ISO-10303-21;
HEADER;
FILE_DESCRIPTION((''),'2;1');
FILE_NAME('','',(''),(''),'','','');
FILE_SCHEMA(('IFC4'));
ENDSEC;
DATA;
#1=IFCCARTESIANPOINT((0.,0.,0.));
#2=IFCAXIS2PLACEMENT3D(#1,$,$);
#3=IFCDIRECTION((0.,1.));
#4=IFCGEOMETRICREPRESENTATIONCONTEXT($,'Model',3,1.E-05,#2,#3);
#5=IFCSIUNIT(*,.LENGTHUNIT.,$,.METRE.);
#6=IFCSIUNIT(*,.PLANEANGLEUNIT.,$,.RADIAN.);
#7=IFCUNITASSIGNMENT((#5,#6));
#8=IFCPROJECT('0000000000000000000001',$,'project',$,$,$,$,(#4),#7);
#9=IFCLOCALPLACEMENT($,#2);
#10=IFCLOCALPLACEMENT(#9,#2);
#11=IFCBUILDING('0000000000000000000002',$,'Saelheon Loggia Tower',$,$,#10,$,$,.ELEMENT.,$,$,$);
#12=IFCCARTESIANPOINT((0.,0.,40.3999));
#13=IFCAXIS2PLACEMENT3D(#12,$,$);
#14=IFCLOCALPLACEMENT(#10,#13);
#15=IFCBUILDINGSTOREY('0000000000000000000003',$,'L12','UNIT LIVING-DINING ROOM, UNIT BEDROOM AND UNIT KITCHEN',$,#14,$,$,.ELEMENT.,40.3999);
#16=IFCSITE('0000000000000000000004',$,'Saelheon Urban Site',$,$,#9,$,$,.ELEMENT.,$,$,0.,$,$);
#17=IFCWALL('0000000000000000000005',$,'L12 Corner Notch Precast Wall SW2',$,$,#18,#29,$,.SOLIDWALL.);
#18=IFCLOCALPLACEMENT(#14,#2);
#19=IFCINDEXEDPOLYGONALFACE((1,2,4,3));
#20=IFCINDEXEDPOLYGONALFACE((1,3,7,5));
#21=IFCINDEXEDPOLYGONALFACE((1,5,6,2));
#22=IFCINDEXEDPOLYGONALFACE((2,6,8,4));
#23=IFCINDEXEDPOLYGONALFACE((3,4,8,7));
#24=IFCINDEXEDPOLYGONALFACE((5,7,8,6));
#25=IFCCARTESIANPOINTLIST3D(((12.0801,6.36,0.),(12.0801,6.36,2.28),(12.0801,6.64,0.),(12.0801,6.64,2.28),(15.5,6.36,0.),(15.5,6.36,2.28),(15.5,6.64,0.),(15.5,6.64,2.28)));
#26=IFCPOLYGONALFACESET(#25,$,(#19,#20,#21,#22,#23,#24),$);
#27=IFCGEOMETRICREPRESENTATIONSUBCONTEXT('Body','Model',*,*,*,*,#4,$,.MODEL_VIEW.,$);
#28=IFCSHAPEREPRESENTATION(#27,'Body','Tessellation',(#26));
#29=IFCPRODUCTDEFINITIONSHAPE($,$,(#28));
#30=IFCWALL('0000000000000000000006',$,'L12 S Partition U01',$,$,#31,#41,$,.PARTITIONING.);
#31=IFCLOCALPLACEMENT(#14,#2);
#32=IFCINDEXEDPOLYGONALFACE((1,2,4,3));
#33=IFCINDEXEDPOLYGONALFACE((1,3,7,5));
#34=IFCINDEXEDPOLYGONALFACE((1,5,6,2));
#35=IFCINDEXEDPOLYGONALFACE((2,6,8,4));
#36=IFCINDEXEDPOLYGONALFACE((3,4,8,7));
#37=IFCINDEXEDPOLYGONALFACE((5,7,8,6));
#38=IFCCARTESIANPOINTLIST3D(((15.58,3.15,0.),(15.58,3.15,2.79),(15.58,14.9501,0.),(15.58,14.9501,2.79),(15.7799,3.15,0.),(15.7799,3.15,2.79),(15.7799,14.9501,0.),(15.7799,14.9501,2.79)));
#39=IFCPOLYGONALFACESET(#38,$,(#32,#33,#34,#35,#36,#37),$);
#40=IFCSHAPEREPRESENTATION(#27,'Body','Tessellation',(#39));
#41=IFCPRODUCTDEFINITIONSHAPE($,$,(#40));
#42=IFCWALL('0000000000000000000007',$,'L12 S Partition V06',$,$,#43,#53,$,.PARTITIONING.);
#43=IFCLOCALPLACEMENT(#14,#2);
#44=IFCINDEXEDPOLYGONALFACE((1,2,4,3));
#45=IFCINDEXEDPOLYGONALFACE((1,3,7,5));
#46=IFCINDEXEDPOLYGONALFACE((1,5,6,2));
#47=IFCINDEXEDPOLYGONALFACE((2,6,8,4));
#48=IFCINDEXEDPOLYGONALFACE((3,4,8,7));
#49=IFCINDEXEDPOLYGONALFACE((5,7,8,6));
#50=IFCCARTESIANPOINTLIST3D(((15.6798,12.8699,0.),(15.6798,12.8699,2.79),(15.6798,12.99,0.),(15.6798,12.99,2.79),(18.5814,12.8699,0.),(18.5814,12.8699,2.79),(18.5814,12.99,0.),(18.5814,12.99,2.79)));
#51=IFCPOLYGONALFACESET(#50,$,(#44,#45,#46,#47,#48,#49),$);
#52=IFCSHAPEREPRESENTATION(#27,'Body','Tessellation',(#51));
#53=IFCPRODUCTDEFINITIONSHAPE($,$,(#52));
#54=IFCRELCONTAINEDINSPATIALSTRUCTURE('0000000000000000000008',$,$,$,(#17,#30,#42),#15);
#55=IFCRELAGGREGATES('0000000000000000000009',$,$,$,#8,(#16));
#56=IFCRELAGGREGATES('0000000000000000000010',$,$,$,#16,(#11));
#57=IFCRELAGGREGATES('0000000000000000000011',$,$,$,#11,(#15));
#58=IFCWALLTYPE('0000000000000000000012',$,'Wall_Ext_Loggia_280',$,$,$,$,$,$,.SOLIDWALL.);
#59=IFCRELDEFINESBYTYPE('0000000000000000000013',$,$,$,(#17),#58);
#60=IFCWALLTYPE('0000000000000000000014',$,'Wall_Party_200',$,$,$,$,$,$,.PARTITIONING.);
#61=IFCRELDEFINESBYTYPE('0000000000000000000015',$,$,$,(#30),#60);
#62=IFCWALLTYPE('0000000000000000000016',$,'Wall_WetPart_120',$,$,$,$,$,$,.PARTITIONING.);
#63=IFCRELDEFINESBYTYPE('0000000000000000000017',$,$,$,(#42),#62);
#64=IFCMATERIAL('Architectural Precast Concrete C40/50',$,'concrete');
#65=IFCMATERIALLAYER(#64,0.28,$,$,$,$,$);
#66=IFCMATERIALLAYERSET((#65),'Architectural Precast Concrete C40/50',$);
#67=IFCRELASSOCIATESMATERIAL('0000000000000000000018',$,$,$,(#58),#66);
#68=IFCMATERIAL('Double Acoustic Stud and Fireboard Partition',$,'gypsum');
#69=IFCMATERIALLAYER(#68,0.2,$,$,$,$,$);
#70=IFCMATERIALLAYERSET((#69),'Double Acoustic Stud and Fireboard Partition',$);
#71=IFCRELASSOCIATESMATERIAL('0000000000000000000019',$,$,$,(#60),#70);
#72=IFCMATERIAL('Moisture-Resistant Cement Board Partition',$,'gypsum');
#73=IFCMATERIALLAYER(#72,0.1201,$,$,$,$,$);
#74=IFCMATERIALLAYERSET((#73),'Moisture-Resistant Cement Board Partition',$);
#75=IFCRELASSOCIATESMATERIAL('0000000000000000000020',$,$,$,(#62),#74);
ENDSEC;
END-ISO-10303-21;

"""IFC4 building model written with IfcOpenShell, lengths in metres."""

from ifc_helpers import new_model, si_unit, direction, frame, frame_2d, origin, place, context, subcontext, project, spatial, rectangle, extrude, material, layer, layer_set, type_object, element, save


model = new_model("IFC4")

# Units and contexts
model_context = context("Model", 3, precision=1e-05, world=origin(), true_north=direction((0.0, 1.0)))
body_context = subcontext(model_context, "Body", "Model", "MODEL_VIEW")
ifc_project = project(units=[si_unit("LENGTHUNIT", "METRE"), si_unit("PLANEANGLEUNIT", "RADIAN")], contexts=[model_context])

# Site, building, storey
site_placement = place(None, origin())
site = spatial("IfcSite", under=ifc_project, at=site_placement, Name="Saelheon Urban Site", CompositionType="ELEMENT", RefElevation=0.0)
building_placement = place(site_placement, origin())
building = spatial("IfcBuilding", under=site, at=building_placement, Name="Saelheon Loggia Tower", CompositionType="ELEMENT")
storey_placement = place(building_placement, frame((0.0, 0.0, 40.3999)))
storey = spatial("IfcBuildingStorey", under=building, at=storey_placement, Name="L12", Description="UNIT LIVING-DINING ROOM, UNIT BEDROOM AND UNIT KITCHEN", CompositionType="ELEMENT", Elevation=40.3999)

# Shared definitions
ifc_material_1 = material(Name="Architectural Precast Concrete C40/50", Category="concrete")
ifc_layer_1 = layer(ifc_material_1, 0.28)
ifc_layer_set_1 = layer_set([ifc_layer_1], Name="Architectural Precast Concrete C40/50")
wall_type_1 = type_object("IfcWallType", Name="Wall_Ext_Loggia_280", PredefinedType="SOLIDWALL", material=ifc_layer_set_1)

# Walls
wall_1_placement = place(storey_placement, frame((12.0801, 6.5, 0.0), z_axis=(0.0, 0.0, 1.0), x_axis=(1.0, 0.0, 0.0)))
element("IfcWall", 1, at=wall_1_placement, inside=storey, type_object=wall_type_1, Name="L12 Corner Notch Precast Wall SW2", PredefinedType="SOLIDWALL", context=body_context, shape_type="SweptSolid", body=[
    extrude(rectangle(XDim=3.4199, YDim=0.28, at=frame_2d((1.71, 0.0))), origin(), (0.0, 0.0, 1.0), 2.28),
])
ifc_material_2 = material(Name="Double Acoustic Stud and Fireboard Partition", Category="gypsum")
ifc_layer_2 = layer(ifc_material_2, 0.2)
ifc_layer_set_2 = layer_set([ifc_layer_2], Name="Double Acoustic Stud and Fireboard Partition")
wall_type_2 = type_object("IfcWallType", Name="Wall_Party_200", PredefinedType="PARTITIONING", material=ifc_layer_set_2)
wall_2_placement = place(storey_placement, frame((15.6799, 14.95, 0.0), z_axis=(0.0, 0.0, 1.0), x_axis=(0.0, -1.0, 0.0)))
element("IfcWall", 2, at=wall_2_placement, inside=storey, type_object=wall_type_2, Name="L12 S Partition U01", PredefinedType="PARTITIONING", context=body_context, shape_type="SweptSolid", body=[
    extrude(rectangle(XDim=11.8, YDim=0.2, at=frame_2d((5.8999, 0.0))), origin(), (0.0, 0.0, 1.0), 2.79),
])
ifc_material_3 = material(Name="Moisture-Resistant Cement Board Partition", Category="gypsum")
ifc_layer_3 = layer(ifc_material_3, 0.1201)
ifc_layer_set_3 = layer_set([ifc_layer_3], Name="Moisture-Resistant Cement Board Partition")
wall_type_3 = type_object("IfcWallType", Name="Wall_WetPart_120", PredefinedType="PARTITIONING", material=ifc_layer_set_3)
wall_3_placement = place(storey_placement, frame((15.6799, 12.9299, 0.0), z_axis=(0.0, 0.0, 1.0), x_axis=(1.0, 0.0, 0.0)))
element("IfcWall", 3, at=wall_3_placement, inside=storey, type_object=wall_type_3, Name="L12 S Partition V06", PredefinedType="PARTITIONING", context=body_context, shape_type="SweptSolid", body=[
    extrude(rectangle(XDim=2.9016, YDim=0.1201, at=frame_2d((1.4507, 0.0))), origin(), (0.0, 0.0, 1.0), 2.79),
])

save(model, "model.ifc")
